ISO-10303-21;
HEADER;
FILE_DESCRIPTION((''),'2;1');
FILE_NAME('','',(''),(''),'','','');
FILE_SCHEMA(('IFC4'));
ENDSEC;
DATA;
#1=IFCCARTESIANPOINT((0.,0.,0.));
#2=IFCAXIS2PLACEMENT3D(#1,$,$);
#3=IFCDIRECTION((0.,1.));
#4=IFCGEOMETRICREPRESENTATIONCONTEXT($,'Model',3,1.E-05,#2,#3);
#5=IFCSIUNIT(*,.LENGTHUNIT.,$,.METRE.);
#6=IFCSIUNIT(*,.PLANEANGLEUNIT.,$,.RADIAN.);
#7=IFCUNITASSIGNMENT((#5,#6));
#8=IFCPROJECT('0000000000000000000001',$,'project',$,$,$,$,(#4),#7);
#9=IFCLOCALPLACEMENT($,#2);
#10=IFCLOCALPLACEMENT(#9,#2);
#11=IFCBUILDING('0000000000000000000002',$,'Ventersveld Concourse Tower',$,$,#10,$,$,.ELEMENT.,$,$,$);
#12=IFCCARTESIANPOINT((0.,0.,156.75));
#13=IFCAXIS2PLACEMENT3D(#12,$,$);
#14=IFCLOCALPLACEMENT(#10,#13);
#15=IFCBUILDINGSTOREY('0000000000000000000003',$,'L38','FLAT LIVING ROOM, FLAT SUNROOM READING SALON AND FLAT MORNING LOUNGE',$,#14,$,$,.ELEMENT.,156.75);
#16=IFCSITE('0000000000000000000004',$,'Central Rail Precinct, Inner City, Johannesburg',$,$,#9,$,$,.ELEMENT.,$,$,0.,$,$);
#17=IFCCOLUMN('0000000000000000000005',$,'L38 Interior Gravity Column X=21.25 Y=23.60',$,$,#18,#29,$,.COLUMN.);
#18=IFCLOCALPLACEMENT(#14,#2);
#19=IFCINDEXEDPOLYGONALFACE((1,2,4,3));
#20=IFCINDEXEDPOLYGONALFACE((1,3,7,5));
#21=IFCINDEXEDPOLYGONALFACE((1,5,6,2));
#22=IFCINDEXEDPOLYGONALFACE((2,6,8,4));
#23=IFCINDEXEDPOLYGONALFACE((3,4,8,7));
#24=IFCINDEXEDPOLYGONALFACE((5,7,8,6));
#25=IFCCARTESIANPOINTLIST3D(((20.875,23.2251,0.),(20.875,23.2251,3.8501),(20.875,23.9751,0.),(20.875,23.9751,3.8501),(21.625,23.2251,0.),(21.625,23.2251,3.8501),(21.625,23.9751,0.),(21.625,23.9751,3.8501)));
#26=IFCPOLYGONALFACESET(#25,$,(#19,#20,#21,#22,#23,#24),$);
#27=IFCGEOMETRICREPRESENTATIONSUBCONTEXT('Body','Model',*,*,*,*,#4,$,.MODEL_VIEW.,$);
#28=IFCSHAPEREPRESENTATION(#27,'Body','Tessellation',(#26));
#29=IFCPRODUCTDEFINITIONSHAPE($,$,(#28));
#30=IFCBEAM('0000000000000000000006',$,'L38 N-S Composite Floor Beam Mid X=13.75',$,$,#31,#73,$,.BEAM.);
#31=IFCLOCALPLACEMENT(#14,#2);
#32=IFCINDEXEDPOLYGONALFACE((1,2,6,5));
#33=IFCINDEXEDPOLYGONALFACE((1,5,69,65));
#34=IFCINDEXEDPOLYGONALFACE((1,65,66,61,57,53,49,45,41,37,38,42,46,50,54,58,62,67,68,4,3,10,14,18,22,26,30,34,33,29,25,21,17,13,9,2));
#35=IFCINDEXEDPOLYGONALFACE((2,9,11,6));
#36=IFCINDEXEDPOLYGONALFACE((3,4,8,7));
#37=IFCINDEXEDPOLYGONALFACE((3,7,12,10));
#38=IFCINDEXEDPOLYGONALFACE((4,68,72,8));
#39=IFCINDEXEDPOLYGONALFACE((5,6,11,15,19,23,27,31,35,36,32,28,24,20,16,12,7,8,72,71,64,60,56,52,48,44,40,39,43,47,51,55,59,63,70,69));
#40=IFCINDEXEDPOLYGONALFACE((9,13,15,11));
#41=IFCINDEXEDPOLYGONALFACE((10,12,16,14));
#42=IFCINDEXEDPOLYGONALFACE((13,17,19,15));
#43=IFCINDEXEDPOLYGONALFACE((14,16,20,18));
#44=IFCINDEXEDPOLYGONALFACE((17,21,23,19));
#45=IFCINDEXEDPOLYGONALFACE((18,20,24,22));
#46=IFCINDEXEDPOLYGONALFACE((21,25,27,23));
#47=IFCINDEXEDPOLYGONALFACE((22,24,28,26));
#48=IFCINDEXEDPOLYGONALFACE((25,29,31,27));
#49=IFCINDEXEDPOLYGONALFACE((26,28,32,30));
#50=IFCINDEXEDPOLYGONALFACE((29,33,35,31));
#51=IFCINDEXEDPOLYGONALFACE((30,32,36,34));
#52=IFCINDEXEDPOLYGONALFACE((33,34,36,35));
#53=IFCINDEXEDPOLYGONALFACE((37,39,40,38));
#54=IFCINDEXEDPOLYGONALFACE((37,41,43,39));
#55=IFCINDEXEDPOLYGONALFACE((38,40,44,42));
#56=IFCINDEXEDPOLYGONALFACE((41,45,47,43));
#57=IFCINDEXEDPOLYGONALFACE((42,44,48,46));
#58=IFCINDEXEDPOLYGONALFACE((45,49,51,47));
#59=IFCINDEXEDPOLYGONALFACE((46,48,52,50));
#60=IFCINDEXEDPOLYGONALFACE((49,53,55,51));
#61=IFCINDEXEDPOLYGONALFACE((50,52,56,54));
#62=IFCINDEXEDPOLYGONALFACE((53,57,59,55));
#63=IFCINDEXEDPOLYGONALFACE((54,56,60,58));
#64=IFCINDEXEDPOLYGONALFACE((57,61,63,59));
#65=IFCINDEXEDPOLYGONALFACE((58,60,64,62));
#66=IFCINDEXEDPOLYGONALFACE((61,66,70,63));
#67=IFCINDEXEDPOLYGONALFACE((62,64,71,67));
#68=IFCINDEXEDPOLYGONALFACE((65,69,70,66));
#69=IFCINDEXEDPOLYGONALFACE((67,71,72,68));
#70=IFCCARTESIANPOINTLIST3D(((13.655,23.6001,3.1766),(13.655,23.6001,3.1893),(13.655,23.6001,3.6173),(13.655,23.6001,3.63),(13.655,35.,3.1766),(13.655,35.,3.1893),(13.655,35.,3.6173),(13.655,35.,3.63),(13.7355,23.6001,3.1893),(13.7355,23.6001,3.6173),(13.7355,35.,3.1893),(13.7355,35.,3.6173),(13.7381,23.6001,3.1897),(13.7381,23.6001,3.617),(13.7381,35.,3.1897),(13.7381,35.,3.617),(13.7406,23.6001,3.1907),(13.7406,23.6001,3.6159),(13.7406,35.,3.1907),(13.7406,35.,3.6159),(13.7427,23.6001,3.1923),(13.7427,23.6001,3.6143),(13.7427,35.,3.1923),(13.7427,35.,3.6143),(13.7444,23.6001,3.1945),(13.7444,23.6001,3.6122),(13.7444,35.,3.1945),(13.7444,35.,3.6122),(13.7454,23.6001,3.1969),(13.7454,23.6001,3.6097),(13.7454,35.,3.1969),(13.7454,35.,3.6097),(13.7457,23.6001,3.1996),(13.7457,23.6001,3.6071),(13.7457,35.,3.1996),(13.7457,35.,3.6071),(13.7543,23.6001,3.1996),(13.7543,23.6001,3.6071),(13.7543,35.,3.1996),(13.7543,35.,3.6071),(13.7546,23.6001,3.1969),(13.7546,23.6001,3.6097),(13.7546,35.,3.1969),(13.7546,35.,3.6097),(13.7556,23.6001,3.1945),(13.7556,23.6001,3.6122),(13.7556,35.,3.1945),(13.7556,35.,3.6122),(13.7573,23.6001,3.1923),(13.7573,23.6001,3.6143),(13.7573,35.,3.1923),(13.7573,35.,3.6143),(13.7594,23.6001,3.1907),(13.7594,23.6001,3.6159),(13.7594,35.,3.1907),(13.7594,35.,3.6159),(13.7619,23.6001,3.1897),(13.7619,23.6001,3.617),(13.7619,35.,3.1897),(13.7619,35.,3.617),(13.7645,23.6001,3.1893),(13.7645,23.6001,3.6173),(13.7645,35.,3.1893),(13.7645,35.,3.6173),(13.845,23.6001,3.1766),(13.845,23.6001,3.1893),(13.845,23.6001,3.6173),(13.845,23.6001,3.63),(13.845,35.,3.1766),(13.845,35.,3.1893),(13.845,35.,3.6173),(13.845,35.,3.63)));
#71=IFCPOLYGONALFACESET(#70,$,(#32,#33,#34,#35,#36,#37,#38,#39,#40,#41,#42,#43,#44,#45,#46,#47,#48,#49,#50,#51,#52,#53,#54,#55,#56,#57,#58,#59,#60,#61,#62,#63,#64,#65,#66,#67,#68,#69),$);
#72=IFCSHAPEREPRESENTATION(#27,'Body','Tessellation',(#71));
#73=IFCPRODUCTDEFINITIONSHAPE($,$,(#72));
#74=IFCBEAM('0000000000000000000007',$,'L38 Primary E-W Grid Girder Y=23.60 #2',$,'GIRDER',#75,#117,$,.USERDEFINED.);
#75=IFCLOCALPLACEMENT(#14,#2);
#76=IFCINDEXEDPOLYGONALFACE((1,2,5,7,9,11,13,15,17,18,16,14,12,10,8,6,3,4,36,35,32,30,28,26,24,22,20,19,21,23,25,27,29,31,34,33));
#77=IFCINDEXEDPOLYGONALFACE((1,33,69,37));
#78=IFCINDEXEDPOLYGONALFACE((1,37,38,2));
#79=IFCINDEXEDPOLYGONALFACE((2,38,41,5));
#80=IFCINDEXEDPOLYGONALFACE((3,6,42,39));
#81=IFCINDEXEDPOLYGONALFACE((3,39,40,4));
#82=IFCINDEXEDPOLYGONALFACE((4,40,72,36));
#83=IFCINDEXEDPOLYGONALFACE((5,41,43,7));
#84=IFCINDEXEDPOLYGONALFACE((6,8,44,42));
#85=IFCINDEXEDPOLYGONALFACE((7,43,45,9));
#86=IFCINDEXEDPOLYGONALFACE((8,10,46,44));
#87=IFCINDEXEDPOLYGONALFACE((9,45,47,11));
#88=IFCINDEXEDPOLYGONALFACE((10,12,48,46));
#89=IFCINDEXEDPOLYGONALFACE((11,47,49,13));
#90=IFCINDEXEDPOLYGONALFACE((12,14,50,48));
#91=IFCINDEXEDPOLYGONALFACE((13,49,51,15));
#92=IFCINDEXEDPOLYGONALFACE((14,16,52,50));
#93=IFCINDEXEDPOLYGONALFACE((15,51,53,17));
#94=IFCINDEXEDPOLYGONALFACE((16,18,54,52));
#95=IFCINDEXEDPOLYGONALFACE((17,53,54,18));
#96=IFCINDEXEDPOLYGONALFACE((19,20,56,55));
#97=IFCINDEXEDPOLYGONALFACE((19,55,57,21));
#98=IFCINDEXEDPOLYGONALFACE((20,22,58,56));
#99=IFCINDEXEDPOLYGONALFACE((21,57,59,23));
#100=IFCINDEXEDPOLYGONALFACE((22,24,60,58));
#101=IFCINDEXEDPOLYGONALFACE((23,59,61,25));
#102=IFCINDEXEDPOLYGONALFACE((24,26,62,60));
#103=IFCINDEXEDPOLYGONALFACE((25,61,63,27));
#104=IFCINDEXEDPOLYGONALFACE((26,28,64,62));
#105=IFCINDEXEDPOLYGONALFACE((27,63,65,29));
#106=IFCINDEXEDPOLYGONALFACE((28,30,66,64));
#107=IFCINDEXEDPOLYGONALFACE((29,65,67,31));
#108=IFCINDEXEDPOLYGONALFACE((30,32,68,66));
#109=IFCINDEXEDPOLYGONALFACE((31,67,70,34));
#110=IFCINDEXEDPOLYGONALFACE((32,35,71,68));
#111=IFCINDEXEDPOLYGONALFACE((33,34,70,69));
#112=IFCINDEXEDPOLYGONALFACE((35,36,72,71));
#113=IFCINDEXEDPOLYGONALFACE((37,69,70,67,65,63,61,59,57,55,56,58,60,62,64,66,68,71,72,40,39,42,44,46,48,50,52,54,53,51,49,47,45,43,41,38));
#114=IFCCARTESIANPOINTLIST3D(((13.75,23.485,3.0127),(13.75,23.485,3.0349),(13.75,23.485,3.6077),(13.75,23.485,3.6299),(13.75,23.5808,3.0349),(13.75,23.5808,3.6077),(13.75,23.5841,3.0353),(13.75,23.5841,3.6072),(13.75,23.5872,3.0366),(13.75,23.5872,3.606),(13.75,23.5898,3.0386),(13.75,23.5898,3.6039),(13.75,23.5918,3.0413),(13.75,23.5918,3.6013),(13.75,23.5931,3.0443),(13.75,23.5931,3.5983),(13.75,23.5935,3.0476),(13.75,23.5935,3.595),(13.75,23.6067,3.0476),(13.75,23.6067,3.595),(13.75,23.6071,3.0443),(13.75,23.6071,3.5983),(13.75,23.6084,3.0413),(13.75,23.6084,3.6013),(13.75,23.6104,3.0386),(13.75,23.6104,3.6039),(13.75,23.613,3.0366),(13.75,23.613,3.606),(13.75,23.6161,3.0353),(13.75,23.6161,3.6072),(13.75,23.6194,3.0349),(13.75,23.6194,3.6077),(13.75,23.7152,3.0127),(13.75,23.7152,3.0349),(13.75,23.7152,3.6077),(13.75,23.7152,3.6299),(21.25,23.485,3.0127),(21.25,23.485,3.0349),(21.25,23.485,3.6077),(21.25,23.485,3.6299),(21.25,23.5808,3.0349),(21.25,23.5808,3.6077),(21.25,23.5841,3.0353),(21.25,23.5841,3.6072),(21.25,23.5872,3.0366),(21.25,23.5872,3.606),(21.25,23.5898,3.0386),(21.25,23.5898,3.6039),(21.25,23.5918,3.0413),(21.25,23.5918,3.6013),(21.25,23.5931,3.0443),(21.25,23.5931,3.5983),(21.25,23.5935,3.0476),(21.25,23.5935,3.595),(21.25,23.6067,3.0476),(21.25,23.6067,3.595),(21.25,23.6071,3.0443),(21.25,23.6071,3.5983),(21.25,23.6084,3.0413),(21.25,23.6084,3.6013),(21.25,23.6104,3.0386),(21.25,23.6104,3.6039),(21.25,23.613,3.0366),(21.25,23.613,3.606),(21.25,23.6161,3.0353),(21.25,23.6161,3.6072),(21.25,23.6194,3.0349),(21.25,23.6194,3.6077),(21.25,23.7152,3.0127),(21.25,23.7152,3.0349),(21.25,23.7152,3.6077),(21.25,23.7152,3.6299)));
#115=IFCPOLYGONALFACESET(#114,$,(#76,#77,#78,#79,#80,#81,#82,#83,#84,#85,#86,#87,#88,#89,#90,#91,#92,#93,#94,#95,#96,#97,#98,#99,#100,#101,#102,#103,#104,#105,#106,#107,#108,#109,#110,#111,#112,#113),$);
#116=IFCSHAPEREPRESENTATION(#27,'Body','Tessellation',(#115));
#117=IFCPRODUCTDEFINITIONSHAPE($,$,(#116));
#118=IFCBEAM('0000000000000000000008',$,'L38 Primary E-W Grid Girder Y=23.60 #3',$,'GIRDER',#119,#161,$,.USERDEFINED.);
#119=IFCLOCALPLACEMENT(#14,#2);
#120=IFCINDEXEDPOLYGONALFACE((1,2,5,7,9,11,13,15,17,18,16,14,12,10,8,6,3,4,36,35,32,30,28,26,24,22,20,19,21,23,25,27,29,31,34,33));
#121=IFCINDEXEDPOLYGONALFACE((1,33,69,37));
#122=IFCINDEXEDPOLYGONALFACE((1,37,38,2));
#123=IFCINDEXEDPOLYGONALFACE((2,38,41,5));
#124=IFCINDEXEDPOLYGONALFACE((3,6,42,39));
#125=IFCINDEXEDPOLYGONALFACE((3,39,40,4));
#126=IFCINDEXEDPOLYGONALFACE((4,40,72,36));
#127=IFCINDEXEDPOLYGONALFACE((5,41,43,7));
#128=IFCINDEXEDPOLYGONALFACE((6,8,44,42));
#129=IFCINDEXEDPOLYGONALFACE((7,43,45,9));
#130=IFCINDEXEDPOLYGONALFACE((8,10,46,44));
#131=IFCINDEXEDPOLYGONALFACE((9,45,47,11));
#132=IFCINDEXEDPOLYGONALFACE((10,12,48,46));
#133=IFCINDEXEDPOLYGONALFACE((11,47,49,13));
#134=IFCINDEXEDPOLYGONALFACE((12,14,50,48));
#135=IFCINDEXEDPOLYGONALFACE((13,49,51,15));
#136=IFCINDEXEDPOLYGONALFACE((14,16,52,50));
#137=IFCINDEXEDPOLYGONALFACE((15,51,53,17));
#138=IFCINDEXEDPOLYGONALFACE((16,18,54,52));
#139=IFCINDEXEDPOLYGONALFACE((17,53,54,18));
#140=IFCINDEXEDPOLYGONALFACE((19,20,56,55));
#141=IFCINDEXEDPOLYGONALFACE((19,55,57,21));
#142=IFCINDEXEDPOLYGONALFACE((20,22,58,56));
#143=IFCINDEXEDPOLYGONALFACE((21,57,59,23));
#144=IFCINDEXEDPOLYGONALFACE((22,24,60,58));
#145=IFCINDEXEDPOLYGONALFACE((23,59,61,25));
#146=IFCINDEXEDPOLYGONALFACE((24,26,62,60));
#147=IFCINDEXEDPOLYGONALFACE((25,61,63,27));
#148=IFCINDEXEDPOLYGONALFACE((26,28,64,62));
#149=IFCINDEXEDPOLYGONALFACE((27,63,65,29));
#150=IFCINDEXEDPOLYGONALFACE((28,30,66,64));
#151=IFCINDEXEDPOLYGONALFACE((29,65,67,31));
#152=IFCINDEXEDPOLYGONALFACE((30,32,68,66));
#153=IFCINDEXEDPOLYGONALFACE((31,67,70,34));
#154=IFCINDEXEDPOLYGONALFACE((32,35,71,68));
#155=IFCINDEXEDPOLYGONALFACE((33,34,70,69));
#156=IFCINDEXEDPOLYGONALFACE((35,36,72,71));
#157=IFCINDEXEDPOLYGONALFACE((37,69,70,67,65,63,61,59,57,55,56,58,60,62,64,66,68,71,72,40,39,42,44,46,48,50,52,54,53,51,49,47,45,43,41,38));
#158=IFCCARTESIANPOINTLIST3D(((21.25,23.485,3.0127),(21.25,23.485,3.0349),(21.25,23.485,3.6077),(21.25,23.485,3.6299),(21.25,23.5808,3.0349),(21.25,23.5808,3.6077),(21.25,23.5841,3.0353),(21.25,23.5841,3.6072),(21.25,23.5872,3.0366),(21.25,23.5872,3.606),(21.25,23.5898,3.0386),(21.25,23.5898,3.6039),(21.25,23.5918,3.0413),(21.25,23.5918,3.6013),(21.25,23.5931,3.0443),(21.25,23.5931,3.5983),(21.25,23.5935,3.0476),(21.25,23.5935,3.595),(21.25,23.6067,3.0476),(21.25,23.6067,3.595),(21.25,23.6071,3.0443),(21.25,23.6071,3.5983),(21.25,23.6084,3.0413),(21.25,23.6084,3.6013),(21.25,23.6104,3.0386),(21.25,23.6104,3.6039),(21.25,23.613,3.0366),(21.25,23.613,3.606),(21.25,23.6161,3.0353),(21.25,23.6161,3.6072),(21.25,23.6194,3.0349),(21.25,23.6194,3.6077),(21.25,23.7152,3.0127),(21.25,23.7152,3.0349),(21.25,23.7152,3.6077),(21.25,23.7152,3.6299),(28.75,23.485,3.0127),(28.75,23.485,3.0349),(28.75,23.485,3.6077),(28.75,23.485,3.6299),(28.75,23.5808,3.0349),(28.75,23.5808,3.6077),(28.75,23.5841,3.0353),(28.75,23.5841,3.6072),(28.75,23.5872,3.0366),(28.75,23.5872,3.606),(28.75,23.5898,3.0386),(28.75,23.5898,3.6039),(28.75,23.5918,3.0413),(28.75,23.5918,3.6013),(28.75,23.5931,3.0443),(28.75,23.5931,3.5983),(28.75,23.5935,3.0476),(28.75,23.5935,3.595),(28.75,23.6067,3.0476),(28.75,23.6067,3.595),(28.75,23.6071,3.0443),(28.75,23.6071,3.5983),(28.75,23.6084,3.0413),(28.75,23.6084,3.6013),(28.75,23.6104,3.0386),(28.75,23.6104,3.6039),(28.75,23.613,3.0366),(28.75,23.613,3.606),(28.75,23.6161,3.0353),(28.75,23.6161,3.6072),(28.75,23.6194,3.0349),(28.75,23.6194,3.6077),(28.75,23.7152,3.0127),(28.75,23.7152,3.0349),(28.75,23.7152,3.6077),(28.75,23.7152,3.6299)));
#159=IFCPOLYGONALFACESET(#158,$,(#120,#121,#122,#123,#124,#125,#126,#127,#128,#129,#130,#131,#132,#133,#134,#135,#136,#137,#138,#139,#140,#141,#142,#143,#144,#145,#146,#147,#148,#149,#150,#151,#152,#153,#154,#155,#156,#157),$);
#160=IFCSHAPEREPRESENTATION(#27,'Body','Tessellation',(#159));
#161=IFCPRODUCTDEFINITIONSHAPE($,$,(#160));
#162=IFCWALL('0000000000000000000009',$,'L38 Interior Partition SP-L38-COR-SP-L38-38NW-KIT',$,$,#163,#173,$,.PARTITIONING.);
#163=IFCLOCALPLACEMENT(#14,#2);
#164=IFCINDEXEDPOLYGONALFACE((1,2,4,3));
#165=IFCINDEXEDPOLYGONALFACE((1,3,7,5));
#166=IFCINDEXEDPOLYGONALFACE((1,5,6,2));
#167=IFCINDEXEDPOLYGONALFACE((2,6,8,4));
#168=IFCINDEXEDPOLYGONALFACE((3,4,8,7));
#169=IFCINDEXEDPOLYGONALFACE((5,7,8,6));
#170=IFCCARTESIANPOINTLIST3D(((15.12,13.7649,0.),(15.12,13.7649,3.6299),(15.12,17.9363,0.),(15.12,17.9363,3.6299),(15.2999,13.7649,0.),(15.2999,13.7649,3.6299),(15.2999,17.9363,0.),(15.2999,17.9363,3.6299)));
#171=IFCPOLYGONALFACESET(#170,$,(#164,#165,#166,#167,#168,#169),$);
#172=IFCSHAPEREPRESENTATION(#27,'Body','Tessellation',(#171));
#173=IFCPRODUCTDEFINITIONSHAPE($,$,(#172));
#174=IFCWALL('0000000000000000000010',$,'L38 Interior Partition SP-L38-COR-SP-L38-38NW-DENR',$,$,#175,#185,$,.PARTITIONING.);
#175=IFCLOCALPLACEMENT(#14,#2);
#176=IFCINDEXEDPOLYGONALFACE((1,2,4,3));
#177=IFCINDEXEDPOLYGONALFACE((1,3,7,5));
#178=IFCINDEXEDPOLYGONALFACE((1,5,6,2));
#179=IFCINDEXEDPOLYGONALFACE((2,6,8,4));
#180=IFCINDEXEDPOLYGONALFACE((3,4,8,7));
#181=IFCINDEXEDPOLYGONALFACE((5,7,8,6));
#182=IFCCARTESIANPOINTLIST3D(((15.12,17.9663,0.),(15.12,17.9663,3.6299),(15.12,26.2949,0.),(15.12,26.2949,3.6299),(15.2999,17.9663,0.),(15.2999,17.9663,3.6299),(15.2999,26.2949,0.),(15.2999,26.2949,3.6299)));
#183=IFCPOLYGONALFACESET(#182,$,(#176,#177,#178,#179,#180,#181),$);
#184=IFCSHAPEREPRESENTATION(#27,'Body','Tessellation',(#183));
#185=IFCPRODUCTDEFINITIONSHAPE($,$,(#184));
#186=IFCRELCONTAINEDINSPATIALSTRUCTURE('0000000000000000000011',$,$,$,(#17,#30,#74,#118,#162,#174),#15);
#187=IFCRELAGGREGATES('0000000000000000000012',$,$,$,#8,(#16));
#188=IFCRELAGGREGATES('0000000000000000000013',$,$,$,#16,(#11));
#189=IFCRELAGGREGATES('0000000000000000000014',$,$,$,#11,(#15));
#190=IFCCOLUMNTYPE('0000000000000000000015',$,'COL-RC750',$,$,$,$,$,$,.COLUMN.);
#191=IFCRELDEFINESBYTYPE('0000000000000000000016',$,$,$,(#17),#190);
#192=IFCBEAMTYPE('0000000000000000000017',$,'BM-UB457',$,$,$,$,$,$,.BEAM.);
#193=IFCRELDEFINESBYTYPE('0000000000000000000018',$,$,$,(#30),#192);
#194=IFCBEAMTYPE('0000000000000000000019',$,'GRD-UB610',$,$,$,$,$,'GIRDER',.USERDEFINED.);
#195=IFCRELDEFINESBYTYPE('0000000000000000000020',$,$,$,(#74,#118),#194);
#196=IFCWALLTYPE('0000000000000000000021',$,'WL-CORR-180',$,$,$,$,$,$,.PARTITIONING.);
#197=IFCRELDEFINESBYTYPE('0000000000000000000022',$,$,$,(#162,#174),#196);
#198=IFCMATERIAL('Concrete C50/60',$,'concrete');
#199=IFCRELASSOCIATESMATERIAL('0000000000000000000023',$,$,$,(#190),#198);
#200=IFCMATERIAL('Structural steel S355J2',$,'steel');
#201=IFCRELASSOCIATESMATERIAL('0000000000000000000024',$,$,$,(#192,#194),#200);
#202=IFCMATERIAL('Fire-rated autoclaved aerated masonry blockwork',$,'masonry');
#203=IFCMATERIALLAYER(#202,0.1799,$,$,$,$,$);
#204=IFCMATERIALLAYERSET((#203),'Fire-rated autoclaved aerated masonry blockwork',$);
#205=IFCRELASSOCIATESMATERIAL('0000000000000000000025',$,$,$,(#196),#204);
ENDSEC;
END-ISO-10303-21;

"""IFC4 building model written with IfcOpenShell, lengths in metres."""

from ifc_helpers import new_model, si_unit, direction, frame, frame_2d, origin, origin_2d, place, context, subcontext, project, spatial, rectangle, i_section, extrude, material, layer, layer_set, material_profile, profile_set, type_object, element, save


model = new_model("IFC4")

# Units and contexts
model_context = context("Model", 3, precision=1e-05, world=origin(), true_north=direction((0.0, 1.0)))
body_context = subcontext(model_context, "Body", "Model", "MODEL_VIEW")
ifc_project = project(units=[si_unit("LENGTHUNIT", "METRE"), si_unit("PLANEANGLEUNIT", "RADIAN")], contexts=[model_context])

# Site, building, storey
site_placement = place(None, origin())
site = spatial("IfcSite", under=ifc_project, at=site_placement, Name="Central Rail Precinct, Inner City, Johannesburg", CompositionType="ELEMENT", RefElevation=0.0)
building_placement = place(site_placement, origin())
building = spatial("IfcBuilding", under=site, at=building_placement, Name="Ventersveld Concourse Tower", CompositionType="ELEMENT")
storey_placement = place(building_placement, frame((0.0, 0.0, 156.75)))
storey = spatial("IfcBuildingStorey", under=building, at=storey_placement, Name="L38", Description="FLAT LIVING ROOM, FLAT SUNROOM READING SALON AND FLAT MORNING LOUNGE", CompositionType="ELEMENT", Elevation=156.75)

# Column
ifc_material_1 = material(Name="Concrete C50/60", Category="concrete")
ifc_material_profile_1 = material_profile(ifc_material_1, rectangle(XDim=0.75, YDim=0.75, at=origin_2d()), Name="RC 750x750")
ifc_profile_set_1 = profile_set([ifc_material_profile_1], Name="Concrete C50/60")
column_type = type_object("IfcColumnType", Name="COL-RC750", PredefinedType="COLUMN", material=ifc_profile_set_1)
column_placement = place(storey_placement, frame((21.25, 23.6001, 0.0), z_axis=(0.0, 0.0, 1.0), x_axis=(1.0, 0.0, 0.0)))
element("IfcColumn", 1, at=column_placement, inside=storey, type_object=column_type, Name="L38 Interior Gravity Column X=21.25 Y=23.60", PredefinedType="COLUMN", context=body_context, shape_type="SweptSolid", body=[
    extrude(rectangle(XDim=0.75, YDim=0.75, at=origin_2d()), origin(), (0.0, 0.0, 1.0), 3.8501),
])

# Beams
ifc_material_2 = material(Name="Structural steel S355J2", Category="steel")
ifc_material_profile_2 = material_profile(ifc_material_2, i_section(OverallWidth=0.1899, OverallDepth=0.4534, WebThickness=0.0085, FlangeThickness=0.0127, FilletRadius=0.0103, at=origin_2d()), Name="UB 457x191x67")
ifc_profile_set_2 = profile_set([ifc_material_profile_2], Name="Structural steel S355J2")
beam_type_1 = type_object("IfcBeamType", Name="BM-UB457", PredefinedType="BEAM", material=ifc_profile_set_2)
beam_placement = place(storey_placement, frame((13.75, 23.6001, 3.4033), z_axis=(0.0, 1.0, 0.0), x_axis=(-1.0, 0.0, 0.0)))
element("IfcBeam", 2, at=beam_placement, inside=storey, type_object=beam_type_1, Name="L38 N-S Composite Floor Beam Mid X=13.75", PredefinedType="BEAM", context=body_context, shape_type="SweptSolid", body=[
    extrude(i_section(OverallWidth=0.1899, OverallDepth=0.4534, WebThickness=0.0085, FlangeThickness=0.0127, FilletRadius=0.0103, at=origin_2d()), origin(), (0.0, 0.0, 1.0), 11.3999),
])
ifc_material_profile_3 = material_profile(ifc_material_2, i_section(OverallWidth=0.2302, OverallDepth=0.6172, WebThickness=0.0132, FlangeThickness=0.0222, FilletRadius=0.0127, at=origin_2d()), Name="UB 610x229x140")
ifc_profile_set_3 = profile_set([ifc_material_profile_3], Name="Structural steel S355J2")
beam_type_2 = type_object("IfcBeamType", Name="GRD-UB610", ElementType="GIRDER", PredefinedType="USERDEFINED", material=ifc_profile_set_3)
for number, where, z_axis, x_axis, name in (
    (3, (13.75, 23.6001, 3.3213), (1.0, 0.0, 0.0), (0.0, 1.0, 0.0), "L38 Primary E-W Grid Girder Y=23.60 #2"),
    (4, (21.25, 23.6001, 3.3213), (1.0, 0.0, 0.0), (0.0, 1.0, 0.0), "L38 Primary E-W Grid Girder Y=23.60 #3"),
):
    element("IfcBeam", number, at=place(storey_placement, frame(where, z_axis=z_axis, x_axis=x_axis)), inside=storey, type_object=beam_type_2, Name=name, ObjectType="GIRDER", PredefinedType="USERDEFINED", context=body_context, shape_type="SweptSolid", body=[
        extrude(i_section(OverallWidth=0.2302, OverallDepth=0.6172, WebThickness=0.0132, FlangeThickness=0.0222, FilletRadius=0.0127, at=origin_2d()), origin(), (0.0, 0.0, 1.0), 7.5),
    ])

# Walls
ifc_material_3 = material(Name="Fire-rated autoclaved aerated masonry blockwork", Category="masonry")
ifc_layer_1 = layer(ifc_material_3, 0.1799)
ifc_layer_set_1 = layer_set([ifc_layer_1], Name="Fire-rated autoclaved aerated masonry blockwork")
wall_type_1 = type_object("IfcWallType", Name="WL-CORR-180", PredefinedType="PARTITIONING", material=ifc_layer_set_1)
wall_1_placement = place(storey_placement, frame((15.21, 13.7649, 0.0), z_axis=(0.0, 0.0, 1.0), x_axis=(0.0, 1.0, 0.0)))
element("IfcWall", 5, at=wall_1_placement, inside=storey, type_object=wall_type_1, Name="L38 Interior Partition SP-L38-COR-SP-L38-38NW-KIT", PredefinedType="PARTITIONING", context=body_context, shape_type="SweptSolid", body=[
    extrude(rectangle(XDim=4.1714, YDim=0.1799, at=frame_2d((2.0857, 0.0))), origin(), (0.0, 0.0, 1.0), 3.6299),
])
wall_2_placement = place(storey_placement, frame((15.21, 17.9663, 0.0), z_axis=(0.0, 0.0, 1.0), x_axis=(0.0, 1.0, 0.0)))
element("IfcWall", 6, at=wall_2_placement, inside=storey, type_object=wall_type_1, Name="L38 Interior Partition SP-L38-COR-SP-L38-38NW-DENR", PredefinedType="PARTITIONING", context=body_context, shape_type="SweptSolid", body=[
    extrude(rectangle(XDim=8.3286, YDim=0.1799, at=frame_2d((4.1643, 0.0))), origin(), (0.0, 0.0, 1.0), 3.6299),
])

save(model, "model.ifc")
